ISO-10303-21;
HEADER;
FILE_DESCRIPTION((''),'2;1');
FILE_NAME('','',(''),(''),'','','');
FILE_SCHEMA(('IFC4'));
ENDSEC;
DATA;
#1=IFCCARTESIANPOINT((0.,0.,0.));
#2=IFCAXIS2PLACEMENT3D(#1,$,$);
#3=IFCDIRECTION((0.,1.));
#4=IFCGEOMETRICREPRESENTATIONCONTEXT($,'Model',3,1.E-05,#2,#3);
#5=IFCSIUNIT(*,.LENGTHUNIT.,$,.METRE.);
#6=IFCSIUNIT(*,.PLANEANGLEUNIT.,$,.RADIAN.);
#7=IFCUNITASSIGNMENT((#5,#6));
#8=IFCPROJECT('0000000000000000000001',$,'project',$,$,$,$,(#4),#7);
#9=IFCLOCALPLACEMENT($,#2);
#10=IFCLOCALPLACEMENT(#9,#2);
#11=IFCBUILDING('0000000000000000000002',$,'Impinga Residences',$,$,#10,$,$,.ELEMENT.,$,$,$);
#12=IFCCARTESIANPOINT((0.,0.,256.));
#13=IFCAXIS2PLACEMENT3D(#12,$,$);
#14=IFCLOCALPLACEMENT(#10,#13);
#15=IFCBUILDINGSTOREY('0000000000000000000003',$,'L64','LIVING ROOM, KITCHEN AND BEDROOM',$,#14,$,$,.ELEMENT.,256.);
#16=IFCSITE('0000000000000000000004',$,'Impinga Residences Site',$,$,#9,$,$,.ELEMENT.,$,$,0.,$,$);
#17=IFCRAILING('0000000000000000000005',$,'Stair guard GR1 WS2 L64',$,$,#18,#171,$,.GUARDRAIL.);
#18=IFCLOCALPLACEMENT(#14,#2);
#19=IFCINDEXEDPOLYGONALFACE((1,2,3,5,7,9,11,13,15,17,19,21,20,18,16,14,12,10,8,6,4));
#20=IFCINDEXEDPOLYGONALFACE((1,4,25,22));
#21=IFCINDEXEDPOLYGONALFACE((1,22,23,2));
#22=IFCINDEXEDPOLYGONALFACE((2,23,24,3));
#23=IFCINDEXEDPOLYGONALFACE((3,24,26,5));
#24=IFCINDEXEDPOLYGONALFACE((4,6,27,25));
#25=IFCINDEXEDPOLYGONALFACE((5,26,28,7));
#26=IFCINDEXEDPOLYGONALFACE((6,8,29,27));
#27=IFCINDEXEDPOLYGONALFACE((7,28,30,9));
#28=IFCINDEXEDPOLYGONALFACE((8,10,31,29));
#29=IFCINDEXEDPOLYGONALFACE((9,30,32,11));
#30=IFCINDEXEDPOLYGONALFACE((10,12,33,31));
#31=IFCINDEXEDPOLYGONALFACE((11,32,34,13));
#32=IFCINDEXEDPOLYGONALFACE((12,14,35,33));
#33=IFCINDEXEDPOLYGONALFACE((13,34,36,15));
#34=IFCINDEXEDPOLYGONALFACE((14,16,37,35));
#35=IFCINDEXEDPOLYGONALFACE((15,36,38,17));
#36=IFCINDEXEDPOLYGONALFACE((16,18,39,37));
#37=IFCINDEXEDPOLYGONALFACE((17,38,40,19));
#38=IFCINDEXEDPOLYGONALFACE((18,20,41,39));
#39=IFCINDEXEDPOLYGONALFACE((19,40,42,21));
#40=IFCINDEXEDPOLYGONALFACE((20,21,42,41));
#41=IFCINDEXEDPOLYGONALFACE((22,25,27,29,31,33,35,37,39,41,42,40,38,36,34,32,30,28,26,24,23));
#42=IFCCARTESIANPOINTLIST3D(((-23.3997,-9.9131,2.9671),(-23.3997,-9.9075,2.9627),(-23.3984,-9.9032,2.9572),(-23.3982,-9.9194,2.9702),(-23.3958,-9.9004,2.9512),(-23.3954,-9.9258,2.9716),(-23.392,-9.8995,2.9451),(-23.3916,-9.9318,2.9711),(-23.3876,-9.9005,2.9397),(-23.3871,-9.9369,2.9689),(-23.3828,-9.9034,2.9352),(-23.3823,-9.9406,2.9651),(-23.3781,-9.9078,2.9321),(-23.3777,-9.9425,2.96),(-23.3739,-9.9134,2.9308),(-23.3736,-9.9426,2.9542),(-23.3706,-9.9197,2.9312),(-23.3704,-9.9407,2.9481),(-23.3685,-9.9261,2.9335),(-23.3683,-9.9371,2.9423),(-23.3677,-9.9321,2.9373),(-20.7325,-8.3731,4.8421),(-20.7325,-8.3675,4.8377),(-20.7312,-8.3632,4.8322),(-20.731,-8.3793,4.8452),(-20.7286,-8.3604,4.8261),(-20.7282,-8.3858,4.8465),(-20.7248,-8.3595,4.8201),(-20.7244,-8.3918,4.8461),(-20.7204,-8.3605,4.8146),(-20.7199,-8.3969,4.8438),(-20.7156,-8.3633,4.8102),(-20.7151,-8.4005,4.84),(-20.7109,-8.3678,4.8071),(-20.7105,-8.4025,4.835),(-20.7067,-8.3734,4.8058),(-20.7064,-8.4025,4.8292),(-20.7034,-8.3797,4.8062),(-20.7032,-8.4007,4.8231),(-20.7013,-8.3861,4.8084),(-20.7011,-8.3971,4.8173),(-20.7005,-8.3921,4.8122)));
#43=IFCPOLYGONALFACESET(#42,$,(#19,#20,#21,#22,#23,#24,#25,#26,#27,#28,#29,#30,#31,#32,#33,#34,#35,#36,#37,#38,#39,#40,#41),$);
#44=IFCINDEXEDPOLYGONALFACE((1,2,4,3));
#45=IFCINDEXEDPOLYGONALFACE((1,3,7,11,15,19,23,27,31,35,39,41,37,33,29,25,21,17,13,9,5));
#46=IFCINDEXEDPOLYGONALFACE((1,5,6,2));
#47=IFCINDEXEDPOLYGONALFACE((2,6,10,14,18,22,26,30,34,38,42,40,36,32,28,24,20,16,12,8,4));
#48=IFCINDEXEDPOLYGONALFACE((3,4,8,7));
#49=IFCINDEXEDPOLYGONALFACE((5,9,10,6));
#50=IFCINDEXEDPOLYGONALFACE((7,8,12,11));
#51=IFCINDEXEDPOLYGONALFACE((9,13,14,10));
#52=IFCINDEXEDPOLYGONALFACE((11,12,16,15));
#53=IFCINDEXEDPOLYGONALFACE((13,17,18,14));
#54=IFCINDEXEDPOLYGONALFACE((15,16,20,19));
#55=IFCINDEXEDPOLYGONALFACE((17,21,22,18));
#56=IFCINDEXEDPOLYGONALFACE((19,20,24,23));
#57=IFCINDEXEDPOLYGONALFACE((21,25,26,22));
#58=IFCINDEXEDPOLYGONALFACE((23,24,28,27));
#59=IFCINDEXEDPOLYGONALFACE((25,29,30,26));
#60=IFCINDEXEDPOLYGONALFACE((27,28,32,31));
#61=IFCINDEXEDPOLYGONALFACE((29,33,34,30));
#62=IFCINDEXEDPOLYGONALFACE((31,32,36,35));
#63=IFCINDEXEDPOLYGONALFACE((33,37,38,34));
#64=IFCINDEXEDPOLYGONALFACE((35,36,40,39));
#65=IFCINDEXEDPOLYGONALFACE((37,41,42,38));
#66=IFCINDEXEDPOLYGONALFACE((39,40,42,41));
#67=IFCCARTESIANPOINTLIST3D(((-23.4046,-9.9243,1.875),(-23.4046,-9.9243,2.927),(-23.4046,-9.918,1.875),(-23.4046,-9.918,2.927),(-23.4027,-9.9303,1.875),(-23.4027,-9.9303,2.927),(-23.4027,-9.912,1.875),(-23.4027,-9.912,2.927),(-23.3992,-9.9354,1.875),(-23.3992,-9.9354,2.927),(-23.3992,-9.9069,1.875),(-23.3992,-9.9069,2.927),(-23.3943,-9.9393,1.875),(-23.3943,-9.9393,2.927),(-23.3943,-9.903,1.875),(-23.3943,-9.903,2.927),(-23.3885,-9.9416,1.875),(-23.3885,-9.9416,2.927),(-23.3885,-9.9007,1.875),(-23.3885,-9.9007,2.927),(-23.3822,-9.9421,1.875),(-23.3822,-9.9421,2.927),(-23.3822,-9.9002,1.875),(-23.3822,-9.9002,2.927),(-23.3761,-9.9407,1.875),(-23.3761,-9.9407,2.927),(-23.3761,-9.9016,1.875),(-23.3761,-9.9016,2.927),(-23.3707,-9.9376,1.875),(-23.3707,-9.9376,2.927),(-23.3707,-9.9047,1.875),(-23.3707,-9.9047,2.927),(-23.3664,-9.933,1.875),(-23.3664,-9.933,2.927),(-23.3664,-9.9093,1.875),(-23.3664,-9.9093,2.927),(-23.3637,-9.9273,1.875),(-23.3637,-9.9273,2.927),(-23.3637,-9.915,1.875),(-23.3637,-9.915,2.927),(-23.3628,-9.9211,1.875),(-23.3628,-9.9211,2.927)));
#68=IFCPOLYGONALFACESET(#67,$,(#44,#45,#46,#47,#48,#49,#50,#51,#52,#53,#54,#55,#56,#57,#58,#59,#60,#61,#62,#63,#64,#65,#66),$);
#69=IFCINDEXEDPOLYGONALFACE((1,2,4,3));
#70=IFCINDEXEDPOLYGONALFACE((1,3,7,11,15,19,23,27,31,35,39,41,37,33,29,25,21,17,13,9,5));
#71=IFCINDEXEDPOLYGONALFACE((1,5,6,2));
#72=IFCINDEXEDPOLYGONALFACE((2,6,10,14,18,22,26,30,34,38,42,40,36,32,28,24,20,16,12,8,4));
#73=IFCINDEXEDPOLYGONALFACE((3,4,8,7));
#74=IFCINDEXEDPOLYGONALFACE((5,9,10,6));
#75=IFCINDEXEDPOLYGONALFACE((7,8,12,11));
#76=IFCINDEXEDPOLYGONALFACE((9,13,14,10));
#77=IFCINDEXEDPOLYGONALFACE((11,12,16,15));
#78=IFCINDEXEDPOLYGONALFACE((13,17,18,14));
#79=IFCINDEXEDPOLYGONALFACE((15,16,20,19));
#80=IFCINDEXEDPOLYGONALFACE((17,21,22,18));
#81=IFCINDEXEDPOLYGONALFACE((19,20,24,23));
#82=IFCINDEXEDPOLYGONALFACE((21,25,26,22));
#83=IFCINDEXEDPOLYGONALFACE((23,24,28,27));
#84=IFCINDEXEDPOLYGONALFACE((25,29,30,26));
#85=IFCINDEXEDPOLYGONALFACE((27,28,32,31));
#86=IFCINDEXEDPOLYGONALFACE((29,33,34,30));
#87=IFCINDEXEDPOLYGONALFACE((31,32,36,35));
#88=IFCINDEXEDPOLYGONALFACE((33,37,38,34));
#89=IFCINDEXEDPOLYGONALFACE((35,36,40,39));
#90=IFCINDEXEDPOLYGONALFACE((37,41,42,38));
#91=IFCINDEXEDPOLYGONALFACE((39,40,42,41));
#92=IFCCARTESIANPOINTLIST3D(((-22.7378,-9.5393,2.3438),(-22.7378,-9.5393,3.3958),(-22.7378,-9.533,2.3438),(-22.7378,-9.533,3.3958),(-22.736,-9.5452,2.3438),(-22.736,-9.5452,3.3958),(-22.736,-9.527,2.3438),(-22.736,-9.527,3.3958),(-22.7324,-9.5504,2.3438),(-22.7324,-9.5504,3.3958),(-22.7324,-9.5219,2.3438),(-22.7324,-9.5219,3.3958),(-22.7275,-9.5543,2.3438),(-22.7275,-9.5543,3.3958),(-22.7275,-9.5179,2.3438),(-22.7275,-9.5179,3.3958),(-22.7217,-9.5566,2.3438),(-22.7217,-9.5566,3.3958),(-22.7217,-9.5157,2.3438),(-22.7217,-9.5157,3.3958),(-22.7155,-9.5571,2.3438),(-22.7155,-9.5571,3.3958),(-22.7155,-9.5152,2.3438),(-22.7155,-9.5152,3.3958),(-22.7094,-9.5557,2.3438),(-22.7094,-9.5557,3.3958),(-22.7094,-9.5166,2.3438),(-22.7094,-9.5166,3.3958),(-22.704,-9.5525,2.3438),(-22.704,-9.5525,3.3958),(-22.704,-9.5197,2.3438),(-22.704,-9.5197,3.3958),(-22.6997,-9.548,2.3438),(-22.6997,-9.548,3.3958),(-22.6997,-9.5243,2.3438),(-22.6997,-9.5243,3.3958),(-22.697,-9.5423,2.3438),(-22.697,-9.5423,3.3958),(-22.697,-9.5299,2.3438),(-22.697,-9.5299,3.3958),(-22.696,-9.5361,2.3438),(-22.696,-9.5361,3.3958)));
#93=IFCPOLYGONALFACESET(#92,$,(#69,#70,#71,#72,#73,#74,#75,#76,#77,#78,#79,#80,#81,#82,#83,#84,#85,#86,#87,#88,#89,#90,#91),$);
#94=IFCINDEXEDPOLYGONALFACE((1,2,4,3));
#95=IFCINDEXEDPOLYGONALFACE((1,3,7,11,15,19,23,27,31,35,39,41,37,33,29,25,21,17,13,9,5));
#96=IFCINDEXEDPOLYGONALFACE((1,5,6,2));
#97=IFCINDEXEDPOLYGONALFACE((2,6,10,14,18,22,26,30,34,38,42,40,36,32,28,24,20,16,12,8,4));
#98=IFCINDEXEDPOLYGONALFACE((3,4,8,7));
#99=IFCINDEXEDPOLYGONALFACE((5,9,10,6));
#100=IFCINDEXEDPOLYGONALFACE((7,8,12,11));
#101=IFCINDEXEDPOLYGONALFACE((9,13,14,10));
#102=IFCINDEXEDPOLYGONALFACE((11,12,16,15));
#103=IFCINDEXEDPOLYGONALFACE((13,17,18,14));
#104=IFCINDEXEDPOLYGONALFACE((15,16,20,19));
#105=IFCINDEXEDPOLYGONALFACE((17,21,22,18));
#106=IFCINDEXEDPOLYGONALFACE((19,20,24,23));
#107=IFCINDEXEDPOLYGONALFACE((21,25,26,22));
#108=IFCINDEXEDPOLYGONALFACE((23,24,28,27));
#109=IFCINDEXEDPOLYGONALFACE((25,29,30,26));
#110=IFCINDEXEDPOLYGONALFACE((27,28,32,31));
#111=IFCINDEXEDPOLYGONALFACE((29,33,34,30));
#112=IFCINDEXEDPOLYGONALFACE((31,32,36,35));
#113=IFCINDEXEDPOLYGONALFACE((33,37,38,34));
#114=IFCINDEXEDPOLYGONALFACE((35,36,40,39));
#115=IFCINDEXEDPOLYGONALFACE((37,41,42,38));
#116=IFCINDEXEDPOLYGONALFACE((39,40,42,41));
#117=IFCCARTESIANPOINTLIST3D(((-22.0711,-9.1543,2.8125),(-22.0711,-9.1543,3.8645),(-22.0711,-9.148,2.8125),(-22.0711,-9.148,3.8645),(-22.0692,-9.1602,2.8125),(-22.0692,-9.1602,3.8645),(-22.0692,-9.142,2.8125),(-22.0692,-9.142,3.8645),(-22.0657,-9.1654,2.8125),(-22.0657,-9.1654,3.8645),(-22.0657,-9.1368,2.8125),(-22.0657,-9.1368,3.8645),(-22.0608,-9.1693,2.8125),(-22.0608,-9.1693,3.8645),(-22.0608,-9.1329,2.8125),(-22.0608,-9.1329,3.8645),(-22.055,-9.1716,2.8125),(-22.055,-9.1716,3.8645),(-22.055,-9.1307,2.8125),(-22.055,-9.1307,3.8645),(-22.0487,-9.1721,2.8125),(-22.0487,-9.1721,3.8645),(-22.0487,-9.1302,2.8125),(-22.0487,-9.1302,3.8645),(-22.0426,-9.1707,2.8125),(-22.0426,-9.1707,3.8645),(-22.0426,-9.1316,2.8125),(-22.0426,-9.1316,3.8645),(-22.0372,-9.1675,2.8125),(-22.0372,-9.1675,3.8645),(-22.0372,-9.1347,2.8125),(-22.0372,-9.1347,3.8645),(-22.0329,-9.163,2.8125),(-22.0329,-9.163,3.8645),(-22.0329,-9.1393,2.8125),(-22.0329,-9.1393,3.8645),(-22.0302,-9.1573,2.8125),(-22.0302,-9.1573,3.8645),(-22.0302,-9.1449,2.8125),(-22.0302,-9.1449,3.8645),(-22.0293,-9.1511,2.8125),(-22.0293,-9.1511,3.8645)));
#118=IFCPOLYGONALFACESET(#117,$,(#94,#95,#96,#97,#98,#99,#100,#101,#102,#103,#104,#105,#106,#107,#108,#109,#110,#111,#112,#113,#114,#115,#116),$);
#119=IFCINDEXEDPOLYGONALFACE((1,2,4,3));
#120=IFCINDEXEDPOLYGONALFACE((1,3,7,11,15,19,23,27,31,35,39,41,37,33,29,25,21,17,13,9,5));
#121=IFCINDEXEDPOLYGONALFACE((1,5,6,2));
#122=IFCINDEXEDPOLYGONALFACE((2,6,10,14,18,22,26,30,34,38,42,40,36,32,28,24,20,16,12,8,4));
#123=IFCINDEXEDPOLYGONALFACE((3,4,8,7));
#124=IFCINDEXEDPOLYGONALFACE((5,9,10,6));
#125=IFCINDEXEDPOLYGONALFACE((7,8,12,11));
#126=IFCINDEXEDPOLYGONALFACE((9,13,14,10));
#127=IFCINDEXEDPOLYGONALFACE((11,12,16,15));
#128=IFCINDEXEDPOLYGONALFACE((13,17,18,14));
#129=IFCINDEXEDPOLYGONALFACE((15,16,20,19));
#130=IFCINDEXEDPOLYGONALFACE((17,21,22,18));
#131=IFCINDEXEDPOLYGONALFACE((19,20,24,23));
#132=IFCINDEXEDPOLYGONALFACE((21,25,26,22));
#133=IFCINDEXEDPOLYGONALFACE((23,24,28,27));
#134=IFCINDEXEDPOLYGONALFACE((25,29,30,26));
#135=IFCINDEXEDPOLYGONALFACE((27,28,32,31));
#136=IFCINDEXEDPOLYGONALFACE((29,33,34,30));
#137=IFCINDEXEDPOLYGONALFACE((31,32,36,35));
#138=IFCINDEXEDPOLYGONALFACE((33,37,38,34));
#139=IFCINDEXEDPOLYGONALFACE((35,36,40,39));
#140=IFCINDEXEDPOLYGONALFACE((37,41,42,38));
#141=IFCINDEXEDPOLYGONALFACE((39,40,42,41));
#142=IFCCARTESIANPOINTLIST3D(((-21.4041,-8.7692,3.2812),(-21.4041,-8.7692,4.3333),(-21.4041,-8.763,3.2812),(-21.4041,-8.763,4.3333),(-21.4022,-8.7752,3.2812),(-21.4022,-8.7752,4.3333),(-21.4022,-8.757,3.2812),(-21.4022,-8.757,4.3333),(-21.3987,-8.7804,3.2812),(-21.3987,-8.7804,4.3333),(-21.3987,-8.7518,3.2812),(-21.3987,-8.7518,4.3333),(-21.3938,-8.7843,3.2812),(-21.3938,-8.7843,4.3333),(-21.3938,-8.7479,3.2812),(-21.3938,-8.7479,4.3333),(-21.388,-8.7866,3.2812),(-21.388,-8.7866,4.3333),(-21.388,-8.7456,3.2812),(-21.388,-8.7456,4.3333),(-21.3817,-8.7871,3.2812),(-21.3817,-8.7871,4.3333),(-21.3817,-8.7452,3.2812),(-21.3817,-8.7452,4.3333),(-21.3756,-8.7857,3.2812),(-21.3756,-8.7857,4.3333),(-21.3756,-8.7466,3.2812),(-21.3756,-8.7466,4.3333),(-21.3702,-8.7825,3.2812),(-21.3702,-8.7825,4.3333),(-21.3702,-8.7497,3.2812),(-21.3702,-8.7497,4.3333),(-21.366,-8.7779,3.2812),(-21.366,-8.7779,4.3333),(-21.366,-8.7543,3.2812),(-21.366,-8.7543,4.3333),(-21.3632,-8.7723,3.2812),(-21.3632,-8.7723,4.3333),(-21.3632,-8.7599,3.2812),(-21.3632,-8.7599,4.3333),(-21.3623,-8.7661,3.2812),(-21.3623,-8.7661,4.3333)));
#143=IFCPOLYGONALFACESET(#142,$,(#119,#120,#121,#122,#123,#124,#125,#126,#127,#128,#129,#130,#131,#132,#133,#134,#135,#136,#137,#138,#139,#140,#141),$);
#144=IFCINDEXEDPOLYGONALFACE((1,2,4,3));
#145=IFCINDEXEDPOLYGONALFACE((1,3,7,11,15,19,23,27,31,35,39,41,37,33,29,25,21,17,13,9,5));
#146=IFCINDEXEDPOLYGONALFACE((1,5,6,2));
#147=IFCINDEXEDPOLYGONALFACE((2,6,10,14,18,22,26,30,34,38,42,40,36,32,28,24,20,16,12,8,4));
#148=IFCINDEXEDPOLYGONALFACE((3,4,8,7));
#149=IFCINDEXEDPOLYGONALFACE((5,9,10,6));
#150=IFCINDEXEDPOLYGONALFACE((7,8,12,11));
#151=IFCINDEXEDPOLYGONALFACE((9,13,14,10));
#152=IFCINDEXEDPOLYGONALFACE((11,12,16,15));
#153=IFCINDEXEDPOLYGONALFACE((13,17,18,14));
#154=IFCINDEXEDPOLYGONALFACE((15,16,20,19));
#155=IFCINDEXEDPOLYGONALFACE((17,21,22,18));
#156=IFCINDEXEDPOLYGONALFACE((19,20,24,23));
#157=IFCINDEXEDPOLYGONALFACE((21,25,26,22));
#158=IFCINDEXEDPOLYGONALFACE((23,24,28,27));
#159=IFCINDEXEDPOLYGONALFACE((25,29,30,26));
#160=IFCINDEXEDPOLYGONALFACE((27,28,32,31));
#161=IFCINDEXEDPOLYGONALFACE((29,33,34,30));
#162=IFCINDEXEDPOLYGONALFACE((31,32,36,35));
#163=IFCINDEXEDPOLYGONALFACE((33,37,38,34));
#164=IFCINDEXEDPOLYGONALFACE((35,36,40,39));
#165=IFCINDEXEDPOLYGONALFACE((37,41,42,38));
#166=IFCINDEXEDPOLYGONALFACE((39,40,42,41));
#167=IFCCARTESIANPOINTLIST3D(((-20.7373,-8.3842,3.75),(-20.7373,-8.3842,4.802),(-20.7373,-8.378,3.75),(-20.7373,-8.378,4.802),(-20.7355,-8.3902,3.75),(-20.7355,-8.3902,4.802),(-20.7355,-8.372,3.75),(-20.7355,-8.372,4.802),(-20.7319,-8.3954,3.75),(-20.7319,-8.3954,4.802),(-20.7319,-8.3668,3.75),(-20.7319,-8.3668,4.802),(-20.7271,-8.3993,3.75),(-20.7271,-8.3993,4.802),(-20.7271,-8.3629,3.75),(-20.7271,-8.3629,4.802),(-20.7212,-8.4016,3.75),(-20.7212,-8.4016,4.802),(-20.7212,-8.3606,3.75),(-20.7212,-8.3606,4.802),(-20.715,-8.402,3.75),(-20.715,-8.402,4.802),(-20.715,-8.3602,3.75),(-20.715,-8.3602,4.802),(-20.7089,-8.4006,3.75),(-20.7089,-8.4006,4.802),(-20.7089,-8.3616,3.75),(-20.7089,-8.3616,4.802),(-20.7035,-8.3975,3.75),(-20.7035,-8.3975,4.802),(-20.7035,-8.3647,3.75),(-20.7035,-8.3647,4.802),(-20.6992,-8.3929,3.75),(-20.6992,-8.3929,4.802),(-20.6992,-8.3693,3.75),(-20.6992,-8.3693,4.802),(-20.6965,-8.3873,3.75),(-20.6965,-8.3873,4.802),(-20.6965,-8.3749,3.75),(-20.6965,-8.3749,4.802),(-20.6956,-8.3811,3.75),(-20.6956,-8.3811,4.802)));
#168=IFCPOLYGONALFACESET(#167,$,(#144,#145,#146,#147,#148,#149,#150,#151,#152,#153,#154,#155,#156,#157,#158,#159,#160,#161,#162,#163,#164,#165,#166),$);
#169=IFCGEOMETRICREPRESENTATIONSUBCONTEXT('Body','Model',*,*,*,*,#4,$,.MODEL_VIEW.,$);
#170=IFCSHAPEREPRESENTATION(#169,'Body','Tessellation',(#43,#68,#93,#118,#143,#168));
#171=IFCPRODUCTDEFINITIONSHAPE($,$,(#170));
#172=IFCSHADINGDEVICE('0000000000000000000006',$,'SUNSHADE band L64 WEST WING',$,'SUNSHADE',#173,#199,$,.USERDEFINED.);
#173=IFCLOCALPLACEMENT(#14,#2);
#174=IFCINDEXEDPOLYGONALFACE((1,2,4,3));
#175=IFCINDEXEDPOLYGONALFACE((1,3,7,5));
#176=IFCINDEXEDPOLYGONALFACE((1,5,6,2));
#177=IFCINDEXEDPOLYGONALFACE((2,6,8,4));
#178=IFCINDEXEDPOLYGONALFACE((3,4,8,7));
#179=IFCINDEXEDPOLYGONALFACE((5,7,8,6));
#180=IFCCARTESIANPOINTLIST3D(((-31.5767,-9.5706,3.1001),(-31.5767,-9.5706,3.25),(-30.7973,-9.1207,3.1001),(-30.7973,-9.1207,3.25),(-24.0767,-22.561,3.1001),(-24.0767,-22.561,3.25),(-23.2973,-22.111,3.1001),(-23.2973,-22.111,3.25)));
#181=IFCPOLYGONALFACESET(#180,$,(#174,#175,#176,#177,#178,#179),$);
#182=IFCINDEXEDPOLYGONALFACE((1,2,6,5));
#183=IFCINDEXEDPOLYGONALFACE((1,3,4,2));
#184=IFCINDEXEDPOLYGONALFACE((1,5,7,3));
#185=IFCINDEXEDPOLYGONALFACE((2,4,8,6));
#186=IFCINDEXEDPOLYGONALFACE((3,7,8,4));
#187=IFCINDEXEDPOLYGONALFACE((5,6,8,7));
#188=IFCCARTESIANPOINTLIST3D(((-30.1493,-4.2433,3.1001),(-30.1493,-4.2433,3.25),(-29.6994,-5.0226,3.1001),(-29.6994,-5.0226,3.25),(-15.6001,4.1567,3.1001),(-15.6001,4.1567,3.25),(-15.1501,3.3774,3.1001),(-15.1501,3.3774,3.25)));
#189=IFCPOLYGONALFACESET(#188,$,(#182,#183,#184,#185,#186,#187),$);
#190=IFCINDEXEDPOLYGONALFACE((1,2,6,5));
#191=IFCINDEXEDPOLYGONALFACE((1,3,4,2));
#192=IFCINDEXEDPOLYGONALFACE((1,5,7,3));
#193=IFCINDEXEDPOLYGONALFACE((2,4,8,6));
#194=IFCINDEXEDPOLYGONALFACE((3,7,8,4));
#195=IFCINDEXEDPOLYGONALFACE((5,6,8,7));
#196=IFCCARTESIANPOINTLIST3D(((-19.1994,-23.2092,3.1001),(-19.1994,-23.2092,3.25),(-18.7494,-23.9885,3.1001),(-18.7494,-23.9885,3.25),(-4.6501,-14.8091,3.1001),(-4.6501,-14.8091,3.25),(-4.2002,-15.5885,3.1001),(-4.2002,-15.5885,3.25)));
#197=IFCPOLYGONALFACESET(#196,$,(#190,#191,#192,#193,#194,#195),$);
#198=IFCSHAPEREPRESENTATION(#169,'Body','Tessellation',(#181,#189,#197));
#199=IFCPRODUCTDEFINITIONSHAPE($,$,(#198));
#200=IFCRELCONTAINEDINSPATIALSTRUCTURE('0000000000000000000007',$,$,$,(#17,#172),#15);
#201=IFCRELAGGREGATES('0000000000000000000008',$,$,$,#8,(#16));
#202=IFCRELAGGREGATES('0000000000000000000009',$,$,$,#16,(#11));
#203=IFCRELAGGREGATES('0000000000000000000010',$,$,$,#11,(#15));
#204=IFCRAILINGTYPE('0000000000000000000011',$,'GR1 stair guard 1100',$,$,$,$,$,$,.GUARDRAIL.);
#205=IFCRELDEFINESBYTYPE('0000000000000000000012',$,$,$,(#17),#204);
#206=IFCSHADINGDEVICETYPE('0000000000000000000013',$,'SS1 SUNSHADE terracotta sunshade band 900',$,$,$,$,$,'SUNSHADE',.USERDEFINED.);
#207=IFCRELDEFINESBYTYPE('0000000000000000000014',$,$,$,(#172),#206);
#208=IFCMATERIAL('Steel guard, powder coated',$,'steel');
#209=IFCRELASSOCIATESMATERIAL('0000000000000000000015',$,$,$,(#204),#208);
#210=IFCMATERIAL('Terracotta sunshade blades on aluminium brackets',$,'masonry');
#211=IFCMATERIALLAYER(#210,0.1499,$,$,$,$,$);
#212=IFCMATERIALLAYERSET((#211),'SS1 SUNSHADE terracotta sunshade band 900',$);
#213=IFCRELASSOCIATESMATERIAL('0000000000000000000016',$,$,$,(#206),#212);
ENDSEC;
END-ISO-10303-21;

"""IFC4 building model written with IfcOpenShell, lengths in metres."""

from ifc_helpers import new_model, si_unit, direction, frame, origin, origin_2d, place, context, subcontext, project, spatial, rectangle, circle, extrude, material, layer, layer_set, type_object, element, save


model = new_model("IFC4")

# Units and contexts
model_context = context("Model", 3, precision=1e-05, world=origin(), true_north=direction((0.0, 1.0)))
body_context = subcontext(model_context, "Body", "Model", "MODEL_VIEW")
ifc_project = project(units=[si_unit("LENGTHUNIT", "METRE"), si_unit("PLANEANGLEUNIT", "RADIAN")], contexts=[model_context])

# Site, building, storey
site_placement = place(None, origin())
site = spatial("IfcSite", under=ifc_project, at=site_placement, Name="Impinga Residences Site", CompositionType="ELEMENT", RefElevation=0.0)
building_placement = place(site_placement, origin())
building = spatial("IfcBuilding", under=site, at=building_placement, Name="Impinga Residences", CompositionType="ELEMENT")
storey_placement = place(building_placement, frame((0.0, 0.0, 256.0)))
storey = spatial("IfcBuildingStorey", under=building, at=storey_placement, Name="L64", Description="LIVING ROOM, KITCHEN AND BEDROOM", CompositionType="ELEMENT", Elevation=256.0)

# Railing
ifc_material_1 = material(Name="Steel guard, powder coated", Category="steel")
railing_type = type_object("IfcRailingType", Name="GR1 stair guard 1100", PredefinedType="GUARDRAIL", material=ifc_material_1)
railing_placement = place(storey_placement, frame((-23.3838, -9.9211, 1.875)))
element("IfcRailing", 1, at=railing_placement, inside=storey, type_object=railing_type, Name="Stair guard GR1 WS2 L64", PredefinedType="GUARDRAIL", context=body_context, shape_type="SweptSolid", body=[
    extrude(circle(Radius=0.0239, at=origin_2d()), frame((0.0, 0.0, 1.0762), z_axis=(0.739716, 0.427105, 0.520002), x_axis=(-0.500027, 0.86601, 0.0)), (0.0, 0.0, 1.0), 3.6057),
    extrude(circle(Radius=0.021, at=origin_2d()), origin(), (0.0, 0.0, 1.0), 1.052),
    extrude(circle(Radius=0.021, at=origin_2d()), frame((0.6667, 0.385, 0.4688)), (0.0, 0.0, 1.0), 1.052),
    extrude(circle(Radius=0.021, at=origin_2d()), frame((1.3335, 0.77, 0.9375)), (0.0, 0.0, 1.0), 1.052),
    extrude(circle(Radius=0.021, at=origin_2d()), frame((2.0005, 1.155, 1.4062)), (0.0, 0.0, 1.0), 1.052),
    extrude(circle(Radius=0.021, at=origin_2d()), frame((2.6672, 1.54, 1.875)), (0.0, 0.0, 1.0), 1.052),
])

# Shading device
ifc_material_2 = material(Name="Terracotta sunshade blades on aluminium brackets", Category="masonry")
ifc_layer_1 = layer(ifc_material_2, 0.1499)
ifc_layer_set_1 = layer_set([ifc_layer_1], Name="SS1 SUNSHADE terracotta sunshade band 900")
shading_device_type = type_object("IfcShadingDeviceType", Name="SS1 SUNSHADE terracotta sunshade band 900", ElementType="SUNSHADE", PredefinedType="USERDEFINED", material=ifc_layer_set_1)
shading_device_placement = place(storey_placement, frame((-27.437, -15.8408, 3.1001), z_axis=(0.0, 0.0, 1.0), x_axis=(-0.5, 0.866025, 0.0)))
element("IfcShadingDevice", 2, at=shading_device_placement, inside=storey, type_object=shading_device_type, Name="SUNSHADE band L64 WEST WING", ObjectType="SUNSHADE", PredefinedType="USERDEFINED", context=body_context, shape_type="SweptSolid", body=[
    extrude(rectangle(XDim=15.0, YDim=0.8999, at=origin_2d()), origin(), (0.0, 0.0, 1.0), 0.1499),
    extrude(rectangle(XDim=16.8, YDim=0.8999, at=origin_2d()), frame((10.95, -11.8499, 0.0), z_axis=(0.0, 0.0, 1.0), x_axis=(0.0, -1.0, 0.0)), (0.0, 0.0, 1.0), 0.1499),
    extrude(rectangle(XDim=16.8, YDim=0.8999, at=origin_2d()), frame((-10.95, -11.8499, 0.0), z_axis=(0.0, 0.0, 1.0), x_axis=(0.0, 1.0, 0.0)), (0.0, 0.0, 1.0), 0.1499),
])

save(model, "model.ifc")
